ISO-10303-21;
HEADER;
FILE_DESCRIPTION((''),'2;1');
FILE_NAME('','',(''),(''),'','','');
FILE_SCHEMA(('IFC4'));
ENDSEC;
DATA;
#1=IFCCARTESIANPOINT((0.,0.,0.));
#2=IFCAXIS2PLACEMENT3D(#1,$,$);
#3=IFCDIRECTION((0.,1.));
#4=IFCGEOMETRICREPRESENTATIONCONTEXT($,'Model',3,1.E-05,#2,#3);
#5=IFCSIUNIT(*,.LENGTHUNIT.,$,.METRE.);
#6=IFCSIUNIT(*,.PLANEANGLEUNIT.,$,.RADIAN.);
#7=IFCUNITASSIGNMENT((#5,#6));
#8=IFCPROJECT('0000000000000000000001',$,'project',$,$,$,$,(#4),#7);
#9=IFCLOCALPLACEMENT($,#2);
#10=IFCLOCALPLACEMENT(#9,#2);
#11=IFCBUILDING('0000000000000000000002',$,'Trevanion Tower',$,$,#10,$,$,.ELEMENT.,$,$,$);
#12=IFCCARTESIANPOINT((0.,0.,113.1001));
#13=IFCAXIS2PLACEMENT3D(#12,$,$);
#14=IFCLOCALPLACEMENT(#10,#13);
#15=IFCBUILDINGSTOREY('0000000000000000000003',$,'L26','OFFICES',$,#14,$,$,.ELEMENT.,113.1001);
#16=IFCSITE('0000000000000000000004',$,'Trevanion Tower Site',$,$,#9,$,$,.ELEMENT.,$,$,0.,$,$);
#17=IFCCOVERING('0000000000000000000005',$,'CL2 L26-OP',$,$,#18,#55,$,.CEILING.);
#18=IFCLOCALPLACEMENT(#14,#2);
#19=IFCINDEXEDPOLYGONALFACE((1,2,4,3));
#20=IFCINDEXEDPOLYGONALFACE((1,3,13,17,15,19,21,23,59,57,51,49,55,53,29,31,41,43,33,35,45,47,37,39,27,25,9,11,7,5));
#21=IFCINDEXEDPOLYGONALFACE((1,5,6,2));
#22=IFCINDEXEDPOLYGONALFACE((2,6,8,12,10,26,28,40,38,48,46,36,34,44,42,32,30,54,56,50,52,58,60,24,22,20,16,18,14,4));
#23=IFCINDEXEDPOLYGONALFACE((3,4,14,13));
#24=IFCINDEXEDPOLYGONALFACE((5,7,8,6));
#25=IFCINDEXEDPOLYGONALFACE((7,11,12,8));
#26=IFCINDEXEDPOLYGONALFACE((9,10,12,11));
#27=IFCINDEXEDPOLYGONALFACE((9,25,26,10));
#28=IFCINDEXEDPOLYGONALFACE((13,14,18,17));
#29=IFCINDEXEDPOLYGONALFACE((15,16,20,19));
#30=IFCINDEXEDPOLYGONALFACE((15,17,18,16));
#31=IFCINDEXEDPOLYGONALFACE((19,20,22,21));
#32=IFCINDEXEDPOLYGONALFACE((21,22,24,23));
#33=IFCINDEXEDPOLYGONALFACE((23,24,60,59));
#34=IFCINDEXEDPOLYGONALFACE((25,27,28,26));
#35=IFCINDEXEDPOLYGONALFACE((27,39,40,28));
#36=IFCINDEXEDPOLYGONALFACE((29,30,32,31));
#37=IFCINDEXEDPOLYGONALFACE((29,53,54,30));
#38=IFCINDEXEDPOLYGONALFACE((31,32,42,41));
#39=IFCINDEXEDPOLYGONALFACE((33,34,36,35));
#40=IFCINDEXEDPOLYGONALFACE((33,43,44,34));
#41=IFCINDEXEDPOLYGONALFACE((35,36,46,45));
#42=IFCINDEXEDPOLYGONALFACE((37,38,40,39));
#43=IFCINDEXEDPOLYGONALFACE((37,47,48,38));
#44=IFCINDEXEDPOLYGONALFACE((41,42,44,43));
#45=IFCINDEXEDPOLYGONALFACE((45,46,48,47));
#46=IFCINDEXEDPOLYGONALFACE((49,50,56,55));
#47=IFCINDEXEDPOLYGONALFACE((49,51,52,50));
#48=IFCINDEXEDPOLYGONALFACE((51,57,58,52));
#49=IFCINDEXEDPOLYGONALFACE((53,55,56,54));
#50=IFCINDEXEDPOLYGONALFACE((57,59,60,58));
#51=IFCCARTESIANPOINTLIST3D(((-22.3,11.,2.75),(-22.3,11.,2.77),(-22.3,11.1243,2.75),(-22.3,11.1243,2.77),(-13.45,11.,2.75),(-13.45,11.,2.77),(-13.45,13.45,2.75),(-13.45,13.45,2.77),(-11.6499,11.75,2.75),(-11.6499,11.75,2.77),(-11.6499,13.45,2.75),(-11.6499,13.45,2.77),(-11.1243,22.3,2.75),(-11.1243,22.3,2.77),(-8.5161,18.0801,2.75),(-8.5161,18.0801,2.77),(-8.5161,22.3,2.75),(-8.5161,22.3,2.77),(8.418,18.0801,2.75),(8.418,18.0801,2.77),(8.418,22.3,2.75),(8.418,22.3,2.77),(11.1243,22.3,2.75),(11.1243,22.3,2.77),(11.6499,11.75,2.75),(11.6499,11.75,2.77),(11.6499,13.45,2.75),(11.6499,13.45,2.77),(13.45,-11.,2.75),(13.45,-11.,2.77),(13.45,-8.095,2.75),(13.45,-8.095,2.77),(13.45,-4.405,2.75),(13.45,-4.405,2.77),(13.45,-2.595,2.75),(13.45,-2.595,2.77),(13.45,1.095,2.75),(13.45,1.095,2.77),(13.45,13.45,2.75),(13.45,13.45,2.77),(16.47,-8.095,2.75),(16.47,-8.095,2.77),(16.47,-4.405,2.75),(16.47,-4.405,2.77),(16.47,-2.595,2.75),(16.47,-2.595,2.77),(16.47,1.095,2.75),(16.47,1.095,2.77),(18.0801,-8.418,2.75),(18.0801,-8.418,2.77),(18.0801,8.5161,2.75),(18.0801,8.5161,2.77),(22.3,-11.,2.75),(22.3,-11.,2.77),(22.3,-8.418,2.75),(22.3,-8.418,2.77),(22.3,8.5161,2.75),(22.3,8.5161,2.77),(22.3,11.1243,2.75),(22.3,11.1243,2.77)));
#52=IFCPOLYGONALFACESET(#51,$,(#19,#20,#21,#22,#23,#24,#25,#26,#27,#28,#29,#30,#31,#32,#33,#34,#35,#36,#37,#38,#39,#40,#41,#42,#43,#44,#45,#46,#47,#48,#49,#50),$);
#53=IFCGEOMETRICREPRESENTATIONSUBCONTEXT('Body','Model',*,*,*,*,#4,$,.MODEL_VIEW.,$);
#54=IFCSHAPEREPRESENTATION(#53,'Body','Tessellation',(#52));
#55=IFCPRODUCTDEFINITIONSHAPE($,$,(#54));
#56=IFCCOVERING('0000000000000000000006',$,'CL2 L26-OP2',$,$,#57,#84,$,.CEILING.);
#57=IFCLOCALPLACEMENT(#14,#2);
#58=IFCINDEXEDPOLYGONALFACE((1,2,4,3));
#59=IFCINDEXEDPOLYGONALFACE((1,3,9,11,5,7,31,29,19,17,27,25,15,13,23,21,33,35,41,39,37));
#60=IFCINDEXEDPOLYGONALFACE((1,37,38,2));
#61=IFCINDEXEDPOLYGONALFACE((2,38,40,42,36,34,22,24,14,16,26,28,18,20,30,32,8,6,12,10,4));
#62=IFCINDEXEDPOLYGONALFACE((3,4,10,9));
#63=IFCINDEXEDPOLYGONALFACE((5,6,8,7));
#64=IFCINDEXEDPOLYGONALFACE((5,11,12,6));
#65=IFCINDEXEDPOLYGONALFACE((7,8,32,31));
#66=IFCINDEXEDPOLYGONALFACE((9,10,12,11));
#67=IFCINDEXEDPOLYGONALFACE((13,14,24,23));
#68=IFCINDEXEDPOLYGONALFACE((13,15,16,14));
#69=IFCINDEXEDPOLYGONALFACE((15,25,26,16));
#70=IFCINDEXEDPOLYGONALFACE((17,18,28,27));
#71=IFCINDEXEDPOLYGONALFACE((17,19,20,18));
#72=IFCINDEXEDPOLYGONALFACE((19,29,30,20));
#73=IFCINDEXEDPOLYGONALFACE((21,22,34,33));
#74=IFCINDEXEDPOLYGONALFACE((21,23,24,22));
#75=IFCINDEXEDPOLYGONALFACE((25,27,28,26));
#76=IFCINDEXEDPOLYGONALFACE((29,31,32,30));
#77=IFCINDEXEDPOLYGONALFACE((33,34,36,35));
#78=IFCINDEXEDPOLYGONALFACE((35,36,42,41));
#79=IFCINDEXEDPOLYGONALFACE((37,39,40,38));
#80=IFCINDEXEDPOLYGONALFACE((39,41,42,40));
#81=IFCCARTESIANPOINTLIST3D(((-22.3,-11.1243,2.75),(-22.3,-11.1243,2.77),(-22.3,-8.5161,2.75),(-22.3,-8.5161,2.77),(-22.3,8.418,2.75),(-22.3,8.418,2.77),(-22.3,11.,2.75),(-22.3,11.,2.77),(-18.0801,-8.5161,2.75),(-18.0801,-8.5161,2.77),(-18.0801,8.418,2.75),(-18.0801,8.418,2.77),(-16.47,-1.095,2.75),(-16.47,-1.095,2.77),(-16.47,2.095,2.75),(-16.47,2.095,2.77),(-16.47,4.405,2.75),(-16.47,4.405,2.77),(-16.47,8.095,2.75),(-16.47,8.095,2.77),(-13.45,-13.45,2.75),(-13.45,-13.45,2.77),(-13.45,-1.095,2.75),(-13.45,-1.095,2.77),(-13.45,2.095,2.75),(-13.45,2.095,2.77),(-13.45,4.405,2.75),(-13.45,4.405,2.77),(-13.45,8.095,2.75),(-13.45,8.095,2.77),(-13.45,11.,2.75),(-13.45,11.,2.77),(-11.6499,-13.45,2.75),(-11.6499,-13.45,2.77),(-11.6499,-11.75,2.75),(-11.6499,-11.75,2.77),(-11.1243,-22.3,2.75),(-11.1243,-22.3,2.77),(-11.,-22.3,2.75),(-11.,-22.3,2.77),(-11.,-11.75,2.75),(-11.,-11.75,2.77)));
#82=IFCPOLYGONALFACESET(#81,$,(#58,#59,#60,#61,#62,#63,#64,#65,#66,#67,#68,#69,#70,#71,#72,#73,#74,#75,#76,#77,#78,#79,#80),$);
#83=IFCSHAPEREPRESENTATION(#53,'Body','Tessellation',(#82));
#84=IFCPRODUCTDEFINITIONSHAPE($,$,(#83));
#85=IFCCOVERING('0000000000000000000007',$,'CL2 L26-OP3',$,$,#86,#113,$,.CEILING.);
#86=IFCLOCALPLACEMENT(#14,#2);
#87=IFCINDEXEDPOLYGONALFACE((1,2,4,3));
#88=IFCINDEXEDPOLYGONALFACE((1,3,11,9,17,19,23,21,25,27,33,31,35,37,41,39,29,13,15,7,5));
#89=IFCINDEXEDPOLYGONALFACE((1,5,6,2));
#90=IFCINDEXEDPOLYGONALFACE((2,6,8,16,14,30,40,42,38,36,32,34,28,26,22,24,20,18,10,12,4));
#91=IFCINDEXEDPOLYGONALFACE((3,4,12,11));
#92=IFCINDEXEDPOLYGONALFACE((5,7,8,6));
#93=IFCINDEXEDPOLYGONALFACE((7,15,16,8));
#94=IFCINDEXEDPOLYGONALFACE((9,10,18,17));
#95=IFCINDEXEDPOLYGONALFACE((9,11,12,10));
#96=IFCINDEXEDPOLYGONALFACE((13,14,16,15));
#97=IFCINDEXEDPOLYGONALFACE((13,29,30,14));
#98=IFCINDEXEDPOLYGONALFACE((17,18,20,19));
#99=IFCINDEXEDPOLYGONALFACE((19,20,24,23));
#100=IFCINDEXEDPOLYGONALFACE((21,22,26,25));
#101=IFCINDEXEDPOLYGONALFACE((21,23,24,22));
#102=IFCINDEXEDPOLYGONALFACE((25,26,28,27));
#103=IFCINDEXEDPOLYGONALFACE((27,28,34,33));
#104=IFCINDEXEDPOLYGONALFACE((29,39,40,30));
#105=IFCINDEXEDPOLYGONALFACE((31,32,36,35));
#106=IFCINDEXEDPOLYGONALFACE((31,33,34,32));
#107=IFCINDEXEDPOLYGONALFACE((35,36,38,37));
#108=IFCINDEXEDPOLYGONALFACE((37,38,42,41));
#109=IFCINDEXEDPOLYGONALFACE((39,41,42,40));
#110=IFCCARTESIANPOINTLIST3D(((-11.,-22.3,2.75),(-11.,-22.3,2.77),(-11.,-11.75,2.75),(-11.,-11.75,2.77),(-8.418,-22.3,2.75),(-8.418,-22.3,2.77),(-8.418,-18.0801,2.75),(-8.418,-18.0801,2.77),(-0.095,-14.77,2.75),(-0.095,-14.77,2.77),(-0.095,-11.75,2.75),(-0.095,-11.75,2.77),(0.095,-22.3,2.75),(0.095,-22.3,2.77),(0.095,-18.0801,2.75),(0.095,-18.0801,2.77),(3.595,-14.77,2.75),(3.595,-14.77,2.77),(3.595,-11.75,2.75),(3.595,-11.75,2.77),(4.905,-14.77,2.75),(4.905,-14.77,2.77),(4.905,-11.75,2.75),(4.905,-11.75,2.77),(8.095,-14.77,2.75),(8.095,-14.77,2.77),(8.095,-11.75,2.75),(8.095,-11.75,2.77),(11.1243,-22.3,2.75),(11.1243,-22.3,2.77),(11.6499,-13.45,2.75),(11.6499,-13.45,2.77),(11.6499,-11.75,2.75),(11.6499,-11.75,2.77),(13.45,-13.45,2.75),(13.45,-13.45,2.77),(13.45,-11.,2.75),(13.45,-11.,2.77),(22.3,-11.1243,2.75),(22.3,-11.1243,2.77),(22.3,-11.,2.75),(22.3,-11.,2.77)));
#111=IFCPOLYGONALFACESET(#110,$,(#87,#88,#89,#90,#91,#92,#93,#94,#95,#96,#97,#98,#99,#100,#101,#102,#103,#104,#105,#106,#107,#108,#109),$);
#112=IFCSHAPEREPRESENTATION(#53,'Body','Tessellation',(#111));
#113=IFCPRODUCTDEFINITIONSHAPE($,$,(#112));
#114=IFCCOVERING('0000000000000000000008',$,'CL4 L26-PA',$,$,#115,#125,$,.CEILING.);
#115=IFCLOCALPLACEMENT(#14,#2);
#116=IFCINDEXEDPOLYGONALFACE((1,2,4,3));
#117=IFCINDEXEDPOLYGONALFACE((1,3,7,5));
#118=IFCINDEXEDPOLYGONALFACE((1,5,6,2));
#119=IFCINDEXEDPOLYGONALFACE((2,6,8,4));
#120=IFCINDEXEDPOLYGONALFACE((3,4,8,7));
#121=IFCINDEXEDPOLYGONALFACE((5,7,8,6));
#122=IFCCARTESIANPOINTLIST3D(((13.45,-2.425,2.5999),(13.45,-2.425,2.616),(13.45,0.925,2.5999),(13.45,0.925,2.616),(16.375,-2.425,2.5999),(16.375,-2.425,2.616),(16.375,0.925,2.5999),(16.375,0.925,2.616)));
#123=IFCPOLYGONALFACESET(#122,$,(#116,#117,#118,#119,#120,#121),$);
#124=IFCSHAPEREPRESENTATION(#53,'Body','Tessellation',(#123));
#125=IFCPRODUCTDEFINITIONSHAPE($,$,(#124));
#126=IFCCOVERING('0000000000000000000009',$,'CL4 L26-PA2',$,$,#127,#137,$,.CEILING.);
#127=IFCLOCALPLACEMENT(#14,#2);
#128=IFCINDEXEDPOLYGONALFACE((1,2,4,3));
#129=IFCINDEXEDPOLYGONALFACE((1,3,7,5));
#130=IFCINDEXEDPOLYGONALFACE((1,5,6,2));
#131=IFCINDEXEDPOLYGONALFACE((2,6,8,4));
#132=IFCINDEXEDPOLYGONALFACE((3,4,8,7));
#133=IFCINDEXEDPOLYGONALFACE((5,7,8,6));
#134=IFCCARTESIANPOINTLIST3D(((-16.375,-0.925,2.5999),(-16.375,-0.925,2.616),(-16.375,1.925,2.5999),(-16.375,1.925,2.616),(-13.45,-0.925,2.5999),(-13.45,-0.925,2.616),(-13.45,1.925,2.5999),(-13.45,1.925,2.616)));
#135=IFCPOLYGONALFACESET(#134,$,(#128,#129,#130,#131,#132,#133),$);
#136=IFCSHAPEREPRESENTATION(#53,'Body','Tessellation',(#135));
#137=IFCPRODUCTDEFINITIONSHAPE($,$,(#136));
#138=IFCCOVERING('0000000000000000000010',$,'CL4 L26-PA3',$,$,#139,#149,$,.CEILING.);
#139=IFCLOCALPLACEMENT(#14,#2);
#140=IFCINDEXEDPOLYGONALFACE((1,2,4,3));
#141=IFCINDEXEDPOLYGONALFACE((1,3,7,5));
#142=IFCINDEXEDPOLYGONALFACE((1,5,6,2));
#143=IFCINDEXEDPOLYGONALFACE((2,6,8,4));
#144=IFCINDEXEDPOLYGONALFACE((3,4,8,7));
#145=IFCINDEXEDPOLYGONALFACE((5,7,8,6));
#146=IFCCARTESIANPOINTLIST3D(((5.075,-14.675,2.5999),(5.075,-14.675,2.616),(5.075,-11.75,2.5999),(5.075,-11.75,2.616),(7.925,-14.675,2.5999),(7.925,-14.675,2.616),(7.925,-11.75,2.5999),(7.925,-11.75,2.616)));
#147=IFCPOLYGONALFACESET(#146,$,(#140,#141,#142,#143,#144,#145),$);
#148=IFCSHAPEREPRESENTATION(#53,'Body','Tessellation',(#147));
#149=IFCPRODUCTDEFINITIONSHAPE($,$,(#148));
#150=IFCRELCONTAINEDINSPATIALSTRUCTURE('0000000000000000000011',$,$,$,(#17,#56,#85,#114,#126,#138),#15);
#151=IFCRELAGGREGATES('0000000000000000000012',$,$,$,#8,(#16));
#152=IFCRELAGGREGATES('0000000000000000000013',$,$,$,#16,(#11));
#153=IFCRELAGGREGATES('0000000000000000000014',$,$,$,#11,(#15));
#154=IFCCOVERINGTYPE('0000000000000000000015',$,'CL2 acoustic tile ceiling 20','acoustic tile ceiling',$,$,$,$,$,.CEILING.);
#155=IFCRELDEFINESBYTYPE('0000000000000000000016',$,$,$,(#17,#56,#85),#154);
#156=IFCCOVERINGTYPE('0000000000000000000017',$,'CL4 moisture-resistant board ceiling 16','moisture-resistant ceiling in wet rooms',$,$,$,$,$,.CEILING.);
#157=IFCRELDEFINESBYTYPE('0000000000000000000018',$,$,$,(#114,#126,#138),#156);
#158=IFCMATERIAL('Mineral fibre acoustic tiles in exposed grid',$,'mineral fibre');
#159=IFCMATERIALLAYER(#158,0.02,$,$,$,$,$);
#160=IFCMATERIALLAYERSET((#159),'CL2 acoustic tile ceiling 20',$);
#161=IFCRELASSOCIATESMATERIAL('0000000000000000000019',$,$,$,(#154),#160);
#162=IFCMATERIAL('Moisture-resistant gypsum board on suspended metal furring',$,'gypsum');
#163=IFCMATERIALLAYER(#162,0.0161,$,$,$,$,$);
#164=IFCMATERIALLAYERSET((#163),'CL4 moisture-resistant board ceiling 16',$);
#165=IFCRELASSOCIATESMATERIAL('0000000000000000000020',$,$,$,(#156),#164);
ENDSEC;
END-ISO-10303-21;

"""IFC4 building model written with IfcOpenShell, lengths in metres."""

from ifc_helpers import new_model, si_unit, direction, frame, origin, place, context, subcontext, project, spatial, polyline, outline, extrude, material, layer, layer_set, type_object, element, save


model = new_model("IFC4")

# Units and contexts
model_context = context("Model", 3, precision=1e-05, world=origin(), true_north=direction((0.0, 1.0)))
body_context = subcontext(model_context, "Body", "Model", "MODEL_VIEW")
ifc_project = project(units=[si_unit("LENGTHUNIT", "METRE"), si_unit("PLANEANGLEUNIT", "RADIAN")], contexts=[model_context])

# Site, building, storey
site_placement = place(None, origin())
site = spatial("IfcSite", under=ifc_project, at=site_placement, Name="Trevanion Tower Site", CompositionType="ELEMENT", RefElevation=0.0)
building_placement = place(site_placement, origin())
building = spatial("IfcBuilding", under=site, at=building_placement, Name="Trevanion Tower", CompositionType="ELEMENT")
storey_placement = place(building_placement, frame((0.0, 0.0, 113.1001)))
storey = spatial("IfcBuildingStorey", under=building, at=storey_placement, Name="L26", Description="OFFICES", CompositionType="ELEMENT", Elevation=113.1001)

# Coverings
ifc_material_1 = material(Name="Mineral fibre acoustic tiles in exposed grid", Category="mineral fibre")
ifc_layer_1 = layer(ifc_material_1, 0.02)
ifc_layer_set_1 = layer_set([ifc_layer_1], Name="CL2 acoustic tile ceiling 20")
covering_type_1 = type_object("IfcCoveringType", Name="CL2 acoustic tile ceiling 20", Description="acoustic tile ceiling", PredefinedType="CEILING", material=ifc_layer_set_1)
covering_1_placement = place(storey_placement, frame((0.0, 0.0, 2.75)))
element("IfcCovering", 1, at=covering_1_placement, inside=storey, type_object=covering_type_1, Name="CL2 L26-OP", PredefinedType="CEILING", context=body_context, shape_type="SweptSolid", body=[
    extrude(outline(polyline([(11.6499, 13.45), (11.6499, 11.75), (-11.6499, 11.75), (-11.6499, 13.45), (-13.45, 13.45), (-13.45, 11.0), (-22.3, 11.0), (-22.3, 11.1243), (-11.1243, 22.3), (-8.5161, 22.3), (-8.5161, 18.0801), (8.418, 18.0801), (8.418, 22.3), (11.1243, 22.3), (22.3, 11.1243), (22.3, 8.5161), (18.0801, 8.5161), (18.0801, -8.418), (22.3, -8.418), (22.3, -11.0), (13.45, -11.0), (13.45, -8.095), (16.47, -8.095), (16.47, -4.405), (13.45, -4.405), (13.45, -2.595), (16.47, -2.595), (16.47, 1.095), (13.45, 1.095), (13.45, 13.45), (11.6499, 13.45)])), origin(), (0.0, 0.0, 1.0), 0.02),
])
covering_2_placement = place(storey_placement, frame((0.0, 0.0, 2.75)))
element("IfcCovering", 2, at=covering_2_placement, inside=storey, type_object=covering_type_1, Name="CL2 L26-OP2", PredefinedType="CEILING", context=body_context, shape_type="SweptSolid", body=[
    extrude(outline(polyline([(-13.45, 8.095), (-16.47, 8.095), (-16.47, 4.405), (-13.45, 4.405), (-13.45, 2.095), (-16.47, 2.095), (-16.47, -1.095), (-13.45, -1.095), (-13.45, -13.45), (-11.6499, -13.45), (-11.6499, -11.75), (-11.0, -11.75), (-11.0, -22.3), (-11.1243, -22.3), (-22.3, -11.1243), (-22.3, -8.5161), (-18.0801, -8.5161), (-18.0801, 8.418), (-22.3, 8.418), (-22.3, 11.0), (-13.45, 11.0), (-13.45, 8.095)])), origin(), (0.0, 0.0, 1.0), 0.02),
])
covering_3_placement = place(storey_placement, frame((0.0, 0.0, 2.75)))
element("IfcCovering", 3, at=covering_3_placement, inside=storey, type_object=covering_type_1, Name="CL2 L26-OP3", PredefinedType="CEILING", context=body_context, shape_type="SweptSolid", body=[
    extrude(outline(polyline([(-0.095, -11.75), (-0.095, -14.77), (3.595, -14.77), (3.595, -11.75), (4.905, -11.75), (4.905, -14.77), (8.095, -14.77), (8.095, -11.75), (11.6499, -11.75), (11.6499, -13.45), (13.45, -13.45), (13.45, -11.0), (22.3, -11.0), (22.3, -11.1243), (11.1243, -22.3), (0.095, -22.3), (0.095, -18.0801), (-8.418, -18.0801), (-8.418, -22.3), (-11.0, -22.3), (-11.0, -11.75), (-0.095, -11.75)])), origin(), (0.0, 0.0, 1.0), 0.02),
])
ifc_material_2 = material(Name="Moisture-resistant gypsum board on suspended metal furring", Category="gypsum")
ifc_layer_2 = layer(ifc_material_2, 0.0161)
ifc_layer_set_2 = layer_set([ifc_layer_2], Name="CL4 moisture-resistant board ceiling 16")
covering_type_2 = type_object("IfcCoveringType", Name="CL4 moisture-resistant board ceiling 16", Description="moisture-resistant ceiling in wet rooms", PredefinedType="CEILING", material=ifc_layer_set_2)
covering_4_placement = place(storey_placement, frame((0.0, 0.0, 2.5999)))
element("IfcCovering", 4, at=covering_4_placement, inside=storey, type_object=covering_type_2, Name="CL4 L26-PA", PredefinedType="CEILING", context=body_context, shape_type="SweptSolid", body=[
    extrude(outline(polyline([(13.45, -2.425), (13.45, 0.925), (16.375, 0.925), (16.375, -2.425), (13.45, -2.425)])), origin(), (0.0, 0.0, 1.0), 0.0161),
])
covering_5_placement = place(storey_placement, frame((0.0, 0.0, 2.5999)))
element("IfcCovering", 5, at=covering_5_placement, inside=storey, type_object=covering_type_2, Name="CL4 L26-PA2", PredefinedType="CEILING", context=body_context, shape_type="SweptSolid", body=[
    extrude(outline(polyline([(-13.45, 1.925), (-13.45, -0.925), (-16.375, -0.925), (-16.375, 1.925), (-13.45, 1.925)])), origin(), (0.0, 0.0, 1.0), 0.0161),
])
covering_6_placement = place(storey_placement, frame((0.0, 0.0, 2.5999)))
element("IfcCovering", 6, at=covering_6_placement, inside=storey, type_object=covering_type_2, Name="CL4 L26-PA3", PredefinedType="CEILING", context=body_context, shape_type="SweptSolid", body=[
    extrude(outline(polyline([(7.925, -14.675), (5.075, -14.675), (5.075, -11.75), (7.925, -11.75), (7.925, -14.675)])), origin(), (0.0, 0.0, 1.0), 0.0161),
])

save(model, "model.ifc")
